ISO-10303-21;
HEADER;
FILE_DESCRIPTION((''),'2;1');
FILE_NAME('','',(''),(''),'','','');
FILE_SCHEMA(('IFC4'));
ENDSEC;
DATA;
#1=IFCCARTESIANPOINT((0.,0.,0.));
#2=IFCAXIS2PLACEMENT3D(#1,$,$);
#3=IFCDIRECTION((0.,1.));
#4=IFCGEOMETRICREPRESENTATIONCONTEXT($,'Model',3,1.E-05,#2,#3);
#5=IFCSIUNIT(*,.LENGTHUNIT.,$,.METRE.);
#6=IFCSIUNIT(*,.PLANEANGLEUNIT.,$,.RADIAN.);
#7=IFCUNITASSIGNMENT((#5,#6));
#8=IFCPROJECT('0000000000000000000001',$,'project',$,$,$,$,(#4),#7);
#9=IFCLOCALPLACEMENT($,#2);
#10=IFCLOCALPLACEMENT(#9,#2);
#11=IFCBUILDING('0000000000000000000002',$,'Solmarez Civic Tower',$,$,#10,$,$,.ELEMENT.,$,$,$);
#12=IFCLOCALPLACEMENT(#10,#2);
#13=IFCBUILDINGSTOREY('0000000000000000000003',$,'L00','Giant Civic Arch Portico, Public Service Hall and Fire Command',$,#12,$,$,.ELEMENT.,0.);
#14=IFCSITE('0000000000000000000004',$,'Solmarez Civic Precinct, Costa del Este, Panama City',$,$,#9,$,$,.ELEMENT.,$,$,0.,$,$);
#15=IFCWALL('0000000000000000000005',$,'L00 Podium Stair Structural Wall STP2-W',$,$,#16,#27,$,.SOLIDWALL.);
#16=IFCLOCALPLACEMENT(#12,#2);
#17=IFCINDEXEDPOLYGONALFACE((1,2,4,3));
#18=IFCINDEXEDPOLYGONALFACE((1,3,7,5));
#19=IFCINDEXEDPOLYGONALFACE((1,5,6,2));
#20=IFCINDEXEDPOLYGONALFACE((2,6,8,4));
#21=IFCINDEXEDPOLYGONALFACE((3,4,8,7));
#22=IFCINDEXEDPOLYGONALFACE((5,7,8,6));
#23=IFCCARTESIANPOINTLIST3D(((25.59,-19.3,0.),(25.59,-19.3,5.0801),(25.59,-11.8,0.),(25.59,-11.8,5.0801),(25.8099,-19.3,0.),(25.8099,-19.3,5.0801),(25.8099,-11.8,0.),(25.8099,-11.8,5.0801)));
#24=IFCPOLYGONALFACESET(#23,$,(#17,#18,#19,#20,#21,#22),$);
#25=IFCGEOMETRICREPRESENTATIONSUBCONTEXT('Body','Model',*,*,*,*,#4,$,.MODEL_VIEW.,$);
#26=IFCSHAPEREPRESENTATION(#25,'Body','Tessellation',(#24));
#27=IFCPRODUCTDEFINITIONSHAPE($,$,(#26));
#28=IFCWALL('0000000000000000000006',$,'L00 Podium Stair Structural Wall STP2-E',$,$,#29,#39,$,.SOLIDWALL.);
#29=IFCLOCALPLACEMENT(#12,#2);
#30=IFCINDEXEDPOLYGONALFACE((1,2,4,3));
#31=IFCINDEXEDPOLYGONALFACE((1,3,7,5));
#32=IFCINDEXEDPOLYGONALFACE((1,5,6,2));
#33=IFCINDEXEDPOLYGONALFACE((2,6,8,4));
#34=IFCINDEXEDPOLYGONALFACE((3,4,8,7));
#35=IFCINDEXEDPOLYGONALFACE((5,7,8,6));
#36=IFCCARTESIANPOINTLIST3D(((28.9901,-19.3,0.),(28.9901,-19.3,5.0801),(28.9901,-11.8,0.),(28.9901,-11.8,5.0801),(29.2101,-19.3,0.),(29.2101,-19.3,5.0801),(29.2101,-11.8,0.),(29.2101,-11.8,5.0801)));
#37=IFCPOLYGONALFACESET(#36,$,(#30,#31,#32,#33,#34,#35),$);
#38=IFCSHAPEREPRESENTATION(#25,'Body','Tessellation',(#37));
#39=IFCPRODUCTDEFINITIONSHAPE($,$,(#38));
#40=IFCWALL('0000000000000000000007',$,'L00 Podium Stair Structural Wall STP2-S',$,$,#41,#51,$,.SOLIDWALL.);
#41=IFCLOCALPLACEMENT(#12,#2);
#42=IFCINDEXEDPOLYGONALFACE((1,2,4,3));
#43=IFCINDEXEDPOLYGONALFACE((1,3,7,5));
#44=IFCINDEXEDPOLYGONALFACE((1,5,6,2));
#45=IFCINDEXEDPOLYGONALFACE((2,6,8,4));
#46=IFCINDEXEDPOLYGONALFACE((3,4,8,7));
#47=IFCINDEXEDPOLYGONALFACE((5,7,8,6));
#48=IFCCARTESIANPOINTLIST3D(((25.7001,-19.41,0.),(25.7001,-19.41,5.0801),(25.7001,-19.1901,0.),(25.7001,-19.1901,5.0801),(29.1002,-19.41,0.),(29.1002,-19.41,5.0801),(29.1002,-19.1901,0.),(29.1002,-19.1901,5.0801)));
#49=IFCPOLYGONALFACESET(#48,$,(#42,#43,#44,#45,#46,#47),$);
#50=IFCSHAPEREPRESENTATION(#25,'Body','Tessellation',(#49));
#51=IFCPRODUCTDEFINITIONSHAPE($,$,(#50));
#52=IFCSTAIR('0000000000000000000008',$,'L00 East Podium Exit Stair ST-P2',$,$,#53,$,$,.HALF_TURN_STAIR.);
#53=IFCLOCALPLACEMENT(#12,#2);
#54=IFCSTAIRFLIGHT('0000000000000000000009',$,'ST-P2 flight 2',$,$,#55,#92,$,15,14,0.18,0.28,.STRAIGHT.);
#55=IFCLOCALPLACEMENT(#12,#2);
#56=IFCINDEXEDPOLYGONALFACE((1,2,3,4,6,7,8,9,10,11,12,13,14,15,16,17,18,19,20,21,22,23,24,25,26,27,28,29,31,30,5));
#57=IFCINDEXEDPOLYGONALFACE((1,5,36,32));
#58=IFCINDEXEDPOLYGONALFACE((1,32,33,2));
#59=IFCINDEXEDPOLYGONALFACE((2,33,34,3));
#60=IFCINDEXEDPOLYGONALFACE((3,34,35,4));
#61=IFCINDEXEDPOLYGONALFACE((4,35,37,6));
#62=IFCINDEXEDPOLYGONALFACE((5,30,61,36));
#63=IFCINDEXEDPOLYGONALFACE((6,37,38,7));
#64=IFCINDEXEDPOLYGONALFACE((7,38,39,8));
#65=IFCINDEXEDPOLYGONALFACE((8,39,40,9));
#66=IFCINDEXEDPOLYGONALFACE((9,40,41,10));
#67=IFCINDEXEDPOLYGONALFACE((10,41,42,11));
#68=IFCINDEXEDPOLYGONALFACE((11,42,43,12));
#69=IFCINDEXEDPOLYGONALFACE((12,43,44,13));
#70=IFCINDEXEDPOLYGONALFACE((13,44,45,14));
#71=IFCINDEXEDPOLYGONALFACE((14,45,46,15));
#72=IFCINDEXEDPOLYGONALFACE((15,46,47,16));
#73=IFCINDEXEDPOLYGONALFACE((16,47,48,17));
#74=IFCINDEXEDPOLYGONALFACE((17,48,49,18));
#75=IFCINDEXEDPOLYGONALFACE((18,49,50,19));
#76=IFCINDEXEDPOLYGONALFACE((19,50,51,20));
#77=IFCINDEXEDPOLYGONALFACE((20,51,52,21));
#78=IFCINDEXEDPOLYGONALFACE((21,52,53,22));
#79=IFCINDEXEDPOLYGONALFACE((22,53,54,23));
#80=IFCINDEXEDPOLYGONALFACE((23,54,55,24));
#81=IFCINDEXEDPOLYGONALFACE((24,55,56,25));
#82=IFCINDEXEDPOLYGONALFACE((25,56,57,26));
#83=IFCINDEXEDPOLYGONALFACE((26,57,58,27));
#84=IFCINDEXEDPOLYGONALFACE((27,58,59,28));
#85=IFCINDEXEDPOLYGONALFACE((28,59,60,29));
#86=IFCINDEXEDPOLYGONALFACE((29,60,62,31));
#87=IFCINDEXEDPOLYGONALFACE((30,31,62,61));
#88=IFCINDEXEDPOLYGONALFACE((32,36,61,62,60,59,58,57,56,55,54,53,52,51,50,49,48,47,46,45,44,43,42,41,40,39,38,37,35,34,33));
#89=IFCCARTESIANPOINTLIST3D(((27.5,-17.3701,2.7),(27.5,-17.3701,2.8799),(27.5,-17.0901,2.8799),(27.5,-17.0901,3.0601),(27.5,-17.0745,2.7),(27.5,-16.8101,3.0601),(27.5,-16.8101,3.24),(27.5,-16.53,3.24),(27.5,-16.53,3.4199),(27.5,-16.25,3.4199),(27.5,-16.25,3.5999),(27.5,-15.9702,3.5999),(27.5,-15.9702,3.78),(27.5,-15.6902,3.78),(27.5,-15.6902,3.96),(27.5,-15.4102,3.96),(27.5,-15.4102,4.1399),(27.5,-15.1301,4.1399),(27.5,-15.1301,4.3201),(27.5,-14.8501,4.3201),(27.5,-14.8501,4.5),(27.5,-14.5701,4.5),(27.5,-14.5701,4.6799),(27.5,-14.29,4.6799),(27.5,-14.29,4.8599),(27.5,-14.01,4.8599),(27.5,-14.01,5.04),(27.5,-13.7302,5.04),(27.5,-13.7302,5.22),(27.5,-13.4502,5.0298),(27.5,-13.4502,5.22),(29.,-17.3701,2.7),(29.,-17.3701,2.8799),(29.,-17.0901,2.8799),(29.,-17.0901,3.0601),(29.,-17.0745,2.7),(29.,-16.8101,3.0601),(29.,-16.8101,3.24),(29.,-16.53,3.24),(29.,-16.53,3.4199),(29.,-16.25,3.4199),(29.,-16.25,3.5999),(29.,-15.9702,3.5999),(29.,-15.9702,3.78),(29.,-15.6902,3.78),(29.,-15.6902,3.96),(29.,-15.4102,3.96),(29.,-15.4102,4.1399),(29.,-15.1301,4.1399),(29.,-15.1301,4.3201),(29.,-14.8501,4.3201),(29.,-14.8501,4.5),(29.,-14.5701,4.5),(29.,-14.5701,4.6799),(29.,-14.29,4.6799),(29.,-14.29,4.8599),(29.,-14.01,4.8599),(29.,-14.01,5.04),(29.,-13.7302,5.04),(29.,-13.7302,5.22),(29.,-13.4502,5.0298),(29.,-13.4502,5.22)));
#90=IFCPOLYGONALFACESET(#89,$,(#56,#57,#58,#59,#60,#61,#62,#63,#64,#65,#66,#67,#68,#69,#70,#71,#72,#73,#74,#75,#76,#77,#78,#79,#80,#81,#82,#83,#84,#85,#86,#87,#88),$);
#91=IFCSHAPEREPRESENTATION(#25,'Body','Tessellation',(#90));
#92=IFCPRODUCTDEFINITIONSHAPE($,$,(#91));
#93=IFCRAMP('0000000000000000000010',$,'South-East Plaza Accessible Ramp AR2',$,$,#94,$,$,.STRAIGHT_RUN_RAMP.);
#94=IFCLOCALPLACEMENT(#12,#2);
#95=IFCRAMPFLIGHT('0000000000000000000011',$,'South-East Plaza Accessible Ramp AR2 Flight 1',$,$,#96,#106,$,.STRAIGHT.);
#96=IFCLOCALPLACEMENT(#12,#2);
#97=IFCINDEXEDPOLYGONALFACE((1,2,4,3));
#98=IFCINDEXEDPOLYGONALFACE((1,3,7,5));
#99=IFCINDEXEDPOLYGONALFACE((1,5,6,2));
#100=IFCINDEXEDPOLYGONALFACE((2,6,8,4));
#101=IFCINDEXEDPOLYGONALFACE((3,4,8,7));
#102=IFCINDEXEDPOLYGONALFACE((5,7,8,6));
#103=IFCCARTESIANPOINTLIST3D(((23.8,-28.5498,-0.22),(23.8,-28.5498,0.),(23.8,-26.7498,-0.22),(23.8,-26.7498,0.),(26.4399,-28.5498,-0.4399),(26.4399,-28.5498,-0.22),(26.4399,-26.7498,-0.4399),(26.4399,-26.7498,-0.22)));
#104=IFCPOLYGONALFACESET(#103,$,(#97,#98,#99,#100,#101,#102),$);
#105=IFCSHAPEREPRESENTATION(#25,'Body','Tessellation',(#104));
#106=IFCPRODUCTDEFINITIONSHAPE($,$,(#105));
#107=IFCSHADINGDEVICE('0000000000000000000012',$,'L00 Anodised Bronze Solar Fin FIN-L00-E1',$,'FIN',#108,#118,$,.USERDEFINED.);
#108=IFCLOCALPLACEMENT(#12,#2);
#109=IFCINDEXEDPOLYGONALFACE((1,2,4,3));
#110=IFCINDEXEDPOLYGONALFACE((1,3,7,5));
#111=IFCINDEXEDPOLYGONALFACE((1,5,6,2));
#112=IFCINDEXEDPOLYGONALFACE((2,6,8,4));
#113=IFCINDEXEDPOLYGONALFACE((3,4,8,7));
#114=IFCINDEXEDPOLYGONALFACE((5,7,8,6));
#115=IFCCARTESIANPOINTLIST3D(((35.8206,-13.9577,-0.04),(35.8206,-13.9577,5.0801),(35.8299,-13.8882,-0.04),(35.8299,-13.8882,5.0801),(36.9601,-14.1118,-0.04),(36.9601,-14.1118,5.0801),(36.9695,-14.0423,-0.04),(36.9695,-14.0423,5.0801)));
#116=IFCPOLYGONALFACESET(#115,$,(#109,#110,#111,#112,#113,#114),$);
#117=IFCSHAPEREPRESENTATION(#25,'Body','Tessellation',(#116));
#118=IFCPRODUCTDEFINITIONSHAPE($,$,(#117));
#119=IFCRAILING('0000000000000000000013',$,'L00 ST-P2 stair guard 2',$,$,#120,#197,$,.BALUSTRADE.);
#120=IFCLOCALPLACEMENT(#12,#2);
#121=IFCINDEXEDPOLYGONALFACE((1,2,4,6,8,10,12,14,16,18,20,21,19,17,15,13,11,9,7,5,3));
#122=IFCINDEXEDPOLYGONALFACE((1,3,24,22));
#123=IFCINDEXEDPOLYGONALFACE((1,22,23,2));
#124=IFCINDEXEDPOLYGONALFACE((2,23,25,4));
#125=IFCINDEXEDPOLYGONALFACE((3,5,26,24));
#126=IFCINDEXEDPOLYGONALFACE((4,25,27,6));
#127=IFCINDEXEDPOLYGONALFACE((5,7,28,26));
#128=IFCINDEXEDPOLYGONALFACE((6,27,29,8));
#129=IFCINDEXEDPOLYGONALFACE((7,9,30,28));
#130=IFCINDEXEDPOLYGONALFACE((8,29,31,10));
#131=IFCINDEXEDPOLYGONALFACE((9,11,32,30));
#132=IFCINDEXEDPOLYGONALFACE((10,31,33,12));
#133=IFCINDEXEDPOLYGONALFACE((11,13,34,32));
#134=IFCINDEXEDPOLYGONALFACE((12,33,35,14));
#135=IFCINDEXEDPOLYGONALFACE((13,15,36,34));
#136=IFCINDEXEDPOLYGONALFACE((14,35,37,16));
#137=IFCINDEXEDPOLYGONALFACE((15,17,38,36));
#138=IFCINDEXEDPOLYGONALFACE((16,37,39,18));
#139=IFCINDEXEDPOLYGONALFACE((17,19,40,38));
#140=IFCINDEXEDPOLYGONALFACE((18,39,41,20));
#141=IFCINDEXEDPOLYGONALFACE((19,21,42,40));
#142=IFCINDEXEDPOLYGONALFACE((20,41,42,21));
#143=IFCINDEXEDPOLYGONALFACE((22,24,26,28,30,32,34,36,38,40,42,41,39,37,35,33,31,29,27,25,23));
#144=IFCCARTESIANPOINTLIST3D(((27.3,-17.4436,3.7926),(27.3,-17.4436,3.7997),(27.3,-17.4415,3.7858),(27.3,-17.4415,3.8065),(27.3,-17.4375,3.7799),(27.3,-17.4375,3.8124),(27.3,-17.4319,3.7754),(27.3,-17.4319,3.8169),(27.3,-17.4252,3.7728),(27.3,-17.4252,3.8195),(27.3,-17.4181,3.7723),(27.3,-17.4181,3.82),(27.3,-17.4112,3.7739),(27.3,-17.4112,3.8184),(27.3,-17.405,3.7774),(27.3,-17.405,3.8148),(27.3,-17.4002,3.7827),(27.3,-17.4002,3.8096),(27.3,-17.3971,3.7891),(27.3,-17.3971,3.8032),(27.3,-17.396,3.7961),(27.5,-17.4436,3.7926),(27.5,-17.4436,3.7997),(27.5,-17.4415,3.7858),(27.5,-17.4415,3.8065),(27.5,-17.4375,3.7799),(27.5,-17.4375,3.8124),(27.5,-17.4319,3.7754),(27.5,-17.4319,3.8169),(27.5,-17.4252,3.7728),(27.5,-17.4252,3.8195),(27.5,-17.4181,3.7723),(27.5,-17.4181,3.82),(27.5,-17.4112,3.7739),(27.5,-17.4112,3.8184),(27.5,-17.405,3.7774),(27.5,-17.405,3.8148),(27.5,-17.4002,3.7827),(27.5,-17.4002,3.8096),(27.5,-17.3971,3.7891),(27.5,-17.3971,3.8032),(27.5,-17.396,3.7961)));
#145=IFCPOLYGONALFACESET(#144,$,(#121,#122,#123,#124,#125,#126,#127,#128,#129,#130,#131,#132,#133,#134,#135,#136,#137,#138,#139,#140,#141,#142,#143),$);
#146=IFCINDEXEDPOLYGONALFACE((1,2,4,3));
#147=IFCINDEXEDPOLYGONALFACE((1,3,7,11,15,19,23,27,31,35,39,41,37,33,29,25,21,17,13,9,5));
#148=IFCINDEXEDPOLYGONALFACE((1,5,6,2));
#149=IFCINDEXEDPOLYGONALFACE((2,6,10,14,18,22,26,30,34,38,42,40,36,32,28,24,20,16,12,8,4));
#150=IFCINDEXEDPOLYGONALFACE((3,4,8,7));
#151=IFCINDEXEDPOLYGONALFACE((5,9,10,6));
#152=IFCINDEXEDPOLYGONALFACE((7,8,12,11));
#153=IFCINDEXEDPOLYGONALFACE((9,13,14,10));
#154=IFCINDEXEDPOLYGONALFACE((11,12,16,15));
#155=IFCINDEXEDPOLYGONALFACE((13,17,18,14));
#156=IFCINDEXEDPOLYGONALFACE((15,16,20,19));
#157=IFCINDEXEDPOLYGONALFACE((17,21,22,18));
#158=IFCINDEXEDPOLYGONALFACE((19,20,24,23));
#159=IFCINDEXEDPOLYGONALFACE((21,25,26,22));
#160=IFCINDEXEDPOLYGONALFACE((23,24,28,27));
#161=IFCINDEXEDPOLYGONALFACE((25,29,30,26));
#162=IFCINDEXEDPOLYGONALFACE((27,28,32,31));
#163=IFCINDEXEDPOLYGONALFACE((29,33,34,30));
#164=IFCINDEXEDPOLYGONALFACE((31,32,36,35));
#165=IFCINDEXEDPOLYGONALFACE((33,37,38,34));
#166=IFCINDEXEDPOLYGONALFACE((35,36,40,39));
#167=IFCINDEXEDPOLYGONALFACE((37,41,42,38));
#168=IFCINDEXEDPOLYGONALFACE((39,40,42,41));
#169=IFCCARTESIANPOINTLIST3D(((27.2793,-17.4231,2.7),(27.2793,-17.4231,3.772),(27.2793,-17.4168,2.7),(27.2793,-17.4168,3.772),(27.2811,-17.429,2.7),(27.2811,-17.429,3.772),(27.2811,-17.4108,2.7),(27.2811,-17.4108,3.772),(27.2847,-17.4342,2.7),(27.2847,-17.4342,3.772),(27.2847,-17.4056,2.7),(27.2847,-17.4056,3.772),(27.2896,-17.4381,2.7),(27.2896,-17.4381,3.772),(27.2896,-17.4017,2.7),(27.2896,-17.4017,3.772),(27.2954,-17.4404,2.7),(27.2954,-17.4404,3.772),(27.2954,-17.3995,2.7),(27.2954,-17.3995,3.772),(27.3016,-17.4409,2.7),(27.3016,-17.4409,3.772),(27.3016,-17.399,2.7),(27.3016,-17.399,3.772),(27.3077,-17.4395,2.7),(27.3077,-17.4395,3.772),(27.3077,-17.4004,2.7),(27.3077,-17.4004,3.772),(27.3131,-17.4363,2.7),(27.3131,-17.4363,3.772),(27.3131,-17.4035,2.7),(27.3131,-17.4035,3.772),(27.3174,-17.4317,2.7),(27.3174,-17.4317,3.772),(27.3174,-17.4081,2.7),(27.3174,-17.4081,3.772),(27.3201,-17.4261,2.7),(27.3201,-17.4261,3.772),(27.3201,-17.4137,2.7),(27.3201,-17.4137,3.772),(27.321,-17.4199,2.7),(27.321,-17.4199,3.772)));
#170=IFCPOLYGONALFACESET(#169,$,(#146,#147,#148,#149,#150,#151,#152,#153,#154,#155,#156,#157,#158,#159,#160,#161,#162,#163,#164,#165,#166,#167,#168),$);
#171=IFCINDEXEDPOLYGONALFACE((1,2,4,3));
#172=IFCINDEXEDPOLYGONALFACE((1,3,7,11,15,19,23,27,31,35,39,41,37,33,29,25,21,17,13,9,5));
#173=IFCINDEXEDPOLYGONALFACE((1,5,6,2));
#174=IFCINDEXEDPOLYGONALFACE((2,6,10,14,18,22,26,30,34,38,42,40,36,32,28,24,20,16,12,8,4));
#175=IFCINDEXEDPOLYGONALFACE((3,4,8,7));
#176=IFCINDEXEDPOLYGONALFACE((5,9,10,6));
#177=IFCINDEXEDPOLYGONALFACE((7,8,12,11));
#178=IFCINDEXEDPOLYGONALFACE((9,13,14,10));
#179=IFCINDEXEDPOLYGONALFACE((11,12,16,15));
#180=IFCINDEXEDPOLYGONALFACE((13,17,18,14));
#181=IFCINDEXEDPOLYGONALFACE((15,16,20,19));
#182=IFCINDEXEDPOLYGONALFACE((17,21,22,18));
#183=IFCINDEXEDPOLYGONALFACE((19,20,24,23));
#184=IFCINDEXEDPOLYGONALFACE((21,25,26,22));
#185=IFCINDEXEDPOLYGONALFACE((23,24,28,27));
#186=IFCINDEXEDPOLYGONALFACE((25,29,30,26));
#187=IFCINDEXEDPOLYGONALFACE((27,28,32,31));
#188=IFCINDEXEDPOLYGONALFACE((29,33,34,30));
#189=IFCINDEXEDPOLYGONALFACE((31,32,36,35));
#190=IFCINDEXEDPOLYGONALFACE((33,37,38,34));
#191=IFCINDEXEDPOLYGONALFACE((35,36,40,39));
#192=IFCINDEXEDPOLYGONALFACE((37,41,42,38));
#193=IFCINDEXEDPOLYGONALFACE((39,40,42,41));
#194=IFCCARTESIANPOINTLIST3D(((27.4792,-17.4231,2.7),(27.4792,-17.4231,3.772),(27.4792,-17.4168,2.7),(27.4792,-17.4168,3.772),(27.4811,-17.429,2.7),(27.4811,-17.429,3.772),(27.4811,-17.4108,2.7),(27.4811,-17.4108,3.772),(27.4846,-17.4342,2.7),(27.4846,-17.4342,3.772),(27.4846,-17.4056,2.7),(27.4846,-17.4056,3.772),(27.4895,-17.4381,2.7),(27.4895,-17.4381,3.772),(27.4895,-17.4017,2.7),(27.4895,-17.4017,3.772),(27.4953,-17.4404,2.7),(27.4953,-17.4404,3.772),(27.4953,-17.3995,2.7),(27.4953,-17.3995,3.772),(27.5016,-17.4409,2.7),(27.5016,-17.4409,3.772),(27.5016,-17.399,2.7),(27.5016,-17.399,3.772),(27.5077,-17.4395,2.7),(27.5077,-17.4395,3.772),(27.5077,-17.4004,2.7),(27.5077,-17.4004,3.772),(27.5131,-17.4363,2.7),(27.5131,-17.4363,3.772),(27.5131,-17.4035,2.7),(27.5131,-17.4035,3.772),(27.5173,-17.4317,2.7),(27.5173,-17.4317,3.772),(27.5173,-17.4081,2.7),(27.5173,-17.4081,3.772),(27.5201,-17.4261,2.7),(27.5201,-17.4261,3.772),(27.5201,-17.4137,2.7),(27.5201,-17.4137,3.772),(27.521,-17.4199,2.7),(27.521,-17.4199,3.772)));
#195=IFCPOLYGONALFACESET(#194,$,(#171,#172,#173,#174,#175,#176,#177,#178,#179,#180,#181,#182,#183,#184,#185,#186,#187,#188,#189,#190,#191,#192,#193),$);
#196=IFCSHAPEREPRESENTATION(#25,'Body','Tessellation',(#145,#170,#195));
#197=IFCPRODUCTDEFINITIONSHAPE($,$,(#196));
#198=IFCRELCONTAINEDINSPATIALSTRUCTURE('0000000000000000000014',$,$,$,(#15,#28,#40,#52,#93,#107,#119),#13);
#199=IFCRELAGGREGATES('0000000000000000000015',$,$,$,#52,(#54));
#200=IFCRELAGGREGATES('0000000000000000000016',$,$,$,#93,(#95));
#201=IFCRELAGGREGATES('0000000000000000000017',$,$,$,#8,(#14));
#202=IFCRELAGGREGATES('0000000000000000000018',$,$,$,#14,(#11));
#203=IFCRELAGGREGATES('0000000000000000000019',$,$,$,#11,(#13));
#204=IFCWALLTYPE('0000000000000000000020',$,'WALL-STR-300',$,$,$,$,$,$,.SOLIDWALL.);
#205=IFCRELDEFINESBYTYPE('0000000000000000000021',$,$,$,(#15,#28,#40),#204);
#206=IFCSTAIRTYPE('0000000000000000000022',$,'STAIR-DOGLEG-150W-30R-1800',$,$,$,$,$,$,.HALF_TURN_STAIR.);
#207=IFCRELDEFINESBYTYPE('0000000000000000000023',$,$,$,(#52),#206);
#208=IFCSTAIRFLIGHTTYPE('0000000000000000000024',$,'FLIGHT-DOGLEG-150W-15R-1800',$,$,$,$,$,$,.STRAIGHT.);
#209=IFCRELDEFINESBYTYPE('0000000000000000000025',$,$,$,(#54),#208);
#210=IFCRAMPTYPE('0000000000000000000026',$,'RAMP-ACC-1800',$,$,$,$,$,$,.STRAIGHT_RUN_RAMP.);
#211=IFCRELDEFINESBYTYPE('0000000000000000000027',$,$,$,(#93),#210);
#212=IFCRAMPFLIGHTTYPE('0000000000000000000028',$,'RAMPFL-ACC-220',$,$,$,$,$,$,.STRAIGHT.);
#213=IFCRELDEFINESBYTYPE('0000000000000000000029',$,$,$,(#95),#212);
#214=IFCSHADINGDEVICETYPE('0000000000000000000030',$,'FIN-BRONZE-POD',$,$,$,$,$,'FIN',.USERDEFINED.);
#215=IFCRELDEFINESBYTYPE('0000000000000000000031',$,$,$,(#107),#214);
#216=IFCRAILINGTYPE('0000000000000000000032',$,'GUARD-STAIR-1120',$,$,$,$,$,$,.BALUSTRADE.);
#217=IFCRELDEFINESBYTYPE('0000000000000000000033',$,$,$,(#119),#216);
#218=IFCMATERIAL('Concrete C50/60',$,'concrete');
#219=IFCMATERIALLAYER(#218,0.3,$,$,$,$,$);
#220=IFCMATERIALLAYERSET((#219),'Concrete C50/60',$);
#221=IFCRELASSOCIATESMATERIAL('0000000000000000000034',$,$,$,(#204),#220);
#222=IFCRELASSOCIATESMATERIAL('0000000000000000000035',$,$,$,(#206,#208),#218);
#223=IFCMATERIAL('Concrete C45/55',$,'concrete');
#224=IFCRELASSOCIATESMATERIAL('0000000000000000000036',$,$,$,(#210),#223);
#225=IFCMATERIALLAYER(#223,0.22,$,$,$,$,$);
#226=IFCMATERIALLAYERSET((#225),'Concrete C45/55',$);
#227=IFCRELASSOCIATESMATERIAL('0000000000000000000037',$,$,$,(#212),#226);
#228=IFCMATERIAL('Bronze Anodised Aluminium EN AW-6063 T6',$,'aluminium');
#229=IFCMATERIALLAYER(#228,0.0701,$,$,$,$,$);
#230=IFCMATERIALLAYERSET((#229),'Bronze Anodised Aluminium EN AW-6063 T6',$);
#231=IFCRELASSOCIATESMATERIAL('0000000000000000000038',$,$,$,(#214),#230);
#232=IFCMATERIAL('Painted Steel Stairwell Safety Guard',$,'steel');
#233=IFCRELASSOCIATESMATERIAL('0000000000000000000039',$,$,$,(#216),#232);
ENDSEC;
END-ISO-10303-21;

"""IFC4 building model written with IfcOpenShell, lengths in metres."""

from ifc_helpers import new_model, si_unit, direction, frame, frame_2d, origin, origin_2d, place, context, subcontext, project, spatial, polyline, rectangle, circle, outline, extrude, material, layer, layer_set, type_object, element, aggregate, save


model = new_model("IFC4")

# Units and contexts
model_context = context("Model", 3, precision=1e-05, world=origin(), true_north=direction((0.0, 1.0)))
body_context = subcontext(model_context, "Body", "Model", "MODEL_VIEW")
ifc_project = project(units=[si_unit("LENGTHUNIT", "METRE"), si_unit("PLANEANGLEUNIT", "RADIAN")], contexts=[model_context])

# Site, building, storey
site_placement = place(None, origin())
site = spatial("IfcSite", under=ifc_project, at=site_placement, Name="Solmarez Civic Precinct, Costa del Este, Panama City", CompositionType="ELEMENT", RefElevation=0.0)
building_placement = place(site_placement, origin())
building = spatial("IfcBuilding", under=site, at=building_placement, Name="Solmarez Civic Tower", CompositionType="ELEMENT")
storey_placement = place(building_placement, origin())
storey = spatial("IfcBuildingStorey", under=building, at=storey_placement, Name="L00", Description="Giant Civic Arch Portico, Public Service Hall and Fire Command", CompositionType="ELEMENT", Elevation=0.0)

# Shared definitions
ifc_material_1 = material(Name="Concrete C50/60", Category="concrete")

# Walls
ifc_layer_1 = layer(ifc_material_1, 0.3)
ifc_layer_set_1 = layer_set([ifc_layer_1], Name="Concrete C50/60")
wall_type_1 = type_object("IfcWallType", Name="WALL-STR-300", PredefinedType="SOLIDWALL", material=ifc_layer_set_1)
for number, where, z_axis, x_axis, name in (
    (1, (25.7, -19.3, 0.0), (0.0, 0.0, 1.0), (0.0, 1.0, 0.0), "L00 Podium Stair Structural Wall STP2-W"),
    (2, (29.1001, -19.3, 0.0), (0.0, 0.0, 1.0), (0.0, 1.0, 0.0), "L00 Podium Stair Structural Wall STP2-E"),
):
    element("IfcWall", number, at=place(storey_placement, frame(where, z_axis=z_axis, x_axis=x_axis)), inside=storey, type_object=wall_type_1, Name=name, PredefinedType="SOLIDWALL", context=body_context, shape_type="SweptSolid", body=[
        extrude(rectangle(XDim=7.5, YDim=0.22, at=frame_2d((3.75, 0.0))), origin(), (0.0, 0.0, 1.0), 5.0801),
    ])
wall_1_placement = place(storey_placement, frame((25.7, -19.3, 0.0), z_axis=(0.0, 0.0, 1.0), x_axis=(1.0, 0.0, 0.0)))
element("IfcWall", 3, at=wall_1_placement, inside=storey, type_object=wall_type_1, Name="L00 Podium Stair Structural Wall STP2-S", PredefinedType="SOLIDWALL", context=body_context, shape_type="SweptSolid", body=[
    extrude(rectangle(XDim=3.4001, YDim=0.22, at=frame_2d((1.7002, 0.0))), origin(), (0.0, 0.0, 1.0), 5.0801),
])

# Stair, stair flight
stair_type = type_object("IfcStairType", Name="STAIR-DOGLEG-150W-30R-1800", PredefinedType="HALF_TURN_STAIR", material=ifc_material_1)
stair_placement = place(storey_placement, origin())
stair = element("IfcStair", 4, at=stair_placement, inside=storey, type_object=stair_type, Name="L00 East Podium Exit Stair ST-P2", PredefinedType="HALF_TURN_STAIR")
stair_flight_type = type_object("IfcStairFlightType", Name="FLIGHT-DOGLEG-150W-15R-1800", PredefinedType="STRAIGHT", material=ifc_material_1)
stair_flight_placement = place(storey_placement, frame((28.25, -17.3701, 2.7), z_axis=(0.0, 0.0, 1.0), x_axis=(0.0, 1.0, 0.0)))
stair_flight = element("IfcStairFlight", 5, at=stair_flight_placement, type_object=stair_flight_type, Name="ST-P2 flight 2", NumberOfRisers=15, NumberOfTreads=14, PredefinedType="STRAIGHT", RiserHeight=0.18, TreadLength=0.28, context=body_context, shape_type="SweptSolid", body=[
    extrude(outline(polyline([(0.0, 0.0), (0.0, 0.1799), (0.28, 0.1799), (0.28, 0.3601), (0.5601, 0.3601), (0.5601, 0.54), (0.8401, 0.54), (0.8401, 0.72), (1.1201, 0.72), (1.1201, 0.8999), (1.3999, 0.8999), (1.3999, 1.0801), (1.6799, 1.0801), (1.6799, 1.26), (1.96, 1.26), (1.96, 1.4399), (2.24, 1.4399), (2.24, 1.6201), (2.52, 1.6201), (2.52, 1.8), (2.8, 1.8), (2.8, 1.98), (3.0801, 1.98), (3.0801, 2.1599), (3.3601, 2.1599), (3.3601, 2.3401), (3.6399, 2.3401), (3.6399, 2.52), (3.9199, 2.52), (3.9199, 2.7), (3.9199, 2.3298), (0.2957, 0.0), (0.0, 0.0)])), frame((0.0, 0.75, 0.0), z_axis=(0.0, -1.0, 0.0), x_axis=(1.0, 0.0, 0.0)), (0.0, 0.0, 1.0), 1.5),
])
aggregate(stair, [stair_flight])

# Ramp, ramp flight
ifc_material_2 = material(Name="Concrete C45/55", Category="concrete")
ramp_type = type_object("IfcRampType", Name="RAMP-ACC-1800", PredefinedType="STRAIGHT_RUN_RAMP", material=ifc_material_2)
ramp_placement = place(storey_placement, origin())
ramp = element("IfcRamp", 6, at=ramp_placement, inside=storey, type_object=ramp_type, Name="South-East Plaza Accessible Ramp AR2", PredefinedType="STRAIGHT_RUN_RAMP")
ifc_layer_2 = layer(ifc_material_2, 0.22)
ifc_layer_set_2 = layer_set([ifc_layer_2], Name="Concrete C45/55")
ramp_flight_type = type_object("IfcRampFlightType", Name="RAMPFL-ACC-220", PredefinedType="STRAIGHT", material=ifc_layer_set_2)
ramp_flight_placement = place(storey_placement, frame((26.4399, -27.6499, -0.22), z_axis=(0.0, 0.0, 1.0), x_axis=(-1.0, 0.0, 0.0)))
ramp_flight = element("IfcRampFlight", 7, at=ramp_flight_placement, type_object=ramp_flight_type, Name="South-East Plaza Accessible Ramp AR2 Flight 1", PredefinedType="STRAIGHT", context=body_context, shape_type="SweptSolid", body=[
    extrude(outline(polyline([(0.0, 0.0), (2.6399, 0.22), (2.6399, 0.0), (0.0, -0.22), (0.0, 0.0)])), frame((0.0, 0.8999, 0.0), z_axis=(0.0, -1.0, 0.0), x_axis=(1.0, 0.0, 0.0)), (0.0, 0.0, 1.0), 1.8),
])
aggregate(ramp, [ramp_flight])

# Shading device
ifc_material_3 = material(Name="Bronze Anodised Aluminium EN AW-6063 T6", Category="aluminium")
ifc_layer_3 = layer(ifc_material_3, 0.0701)
ifc_layer_set_3 = layer_set([ifc_layer_3], Name="Bronze Anodised Aluminium EN AW-6063 T6")
shading_device_type = type_object("IfcShadingDeviceType", Name="FIN-BRONZE-POD", ElementType="FIN", PredefinedType="USERDEFINED", material=ifc_layer_set_3)
shading_device_placement = place(storey_placement, frame((36.395, -14.0, -0.04), z_axis=(0.0, 0.0, 1.0), x_axis=(0.990983, -0.133986, 0.0)))
element("IfcShadingDevice", 8, at=shading_device_placement, inside=storey, type_object=shading_device_type, Name="L00 Anodised Bronze Solar Fin FIN-L00-E1", ObjectType="FIN", PredefinedType="USERDEFINED", context=body_context, shape_type="SweptSolid", body=[
    extrude(rectangle(XDim=1.1499, YDim=0.0701, at=origin_2d()), origin(), (0.0, 0.0, 1.0), 5.1201),
])

# Railing
ifc_material_4 = material(Name="Painted Steel Stairwell Safety Guard", Category="steel")
railing_type_1 = type_object("IfcRailingType", Name="GUARD-STAIR-1120", PredefinedType="BALUSTRADE", material=ifc_material_4)
railing_1_placement = place(storey_placement, frame((27.3, -17.4199, 2.7)))
element("IfcRailing", 9, at=railing_1_placement, inside=storey, type_object=railing_type_1, Name="L00 ST-P2 stair guard 2", PredefinedType="BALUSTRADE", context=body_context, shape_type="SweptSolid", body=[
    extrude(circle(Radius=0.0239, at=origin_2d()), frame((0.0, 0.0, 1.0962), z_axis=(1.0, 0.0, 0.0), x_axis=(0.0, 1.0, 0.0)), (0.0, 0.0, 1.0), 0.2),
    extrude(circle(Radius=0.021, at=origin_2d()), origin(), (0.0, 0.0, 1.0), 1.072),
    extrude(circle(Radius=0.021, at=origin_2d()), frame((0.2, 0.0, 0.0)), (0.0, 0.0, 1.0), 1.072),
])

save(model, "model.ifc")
